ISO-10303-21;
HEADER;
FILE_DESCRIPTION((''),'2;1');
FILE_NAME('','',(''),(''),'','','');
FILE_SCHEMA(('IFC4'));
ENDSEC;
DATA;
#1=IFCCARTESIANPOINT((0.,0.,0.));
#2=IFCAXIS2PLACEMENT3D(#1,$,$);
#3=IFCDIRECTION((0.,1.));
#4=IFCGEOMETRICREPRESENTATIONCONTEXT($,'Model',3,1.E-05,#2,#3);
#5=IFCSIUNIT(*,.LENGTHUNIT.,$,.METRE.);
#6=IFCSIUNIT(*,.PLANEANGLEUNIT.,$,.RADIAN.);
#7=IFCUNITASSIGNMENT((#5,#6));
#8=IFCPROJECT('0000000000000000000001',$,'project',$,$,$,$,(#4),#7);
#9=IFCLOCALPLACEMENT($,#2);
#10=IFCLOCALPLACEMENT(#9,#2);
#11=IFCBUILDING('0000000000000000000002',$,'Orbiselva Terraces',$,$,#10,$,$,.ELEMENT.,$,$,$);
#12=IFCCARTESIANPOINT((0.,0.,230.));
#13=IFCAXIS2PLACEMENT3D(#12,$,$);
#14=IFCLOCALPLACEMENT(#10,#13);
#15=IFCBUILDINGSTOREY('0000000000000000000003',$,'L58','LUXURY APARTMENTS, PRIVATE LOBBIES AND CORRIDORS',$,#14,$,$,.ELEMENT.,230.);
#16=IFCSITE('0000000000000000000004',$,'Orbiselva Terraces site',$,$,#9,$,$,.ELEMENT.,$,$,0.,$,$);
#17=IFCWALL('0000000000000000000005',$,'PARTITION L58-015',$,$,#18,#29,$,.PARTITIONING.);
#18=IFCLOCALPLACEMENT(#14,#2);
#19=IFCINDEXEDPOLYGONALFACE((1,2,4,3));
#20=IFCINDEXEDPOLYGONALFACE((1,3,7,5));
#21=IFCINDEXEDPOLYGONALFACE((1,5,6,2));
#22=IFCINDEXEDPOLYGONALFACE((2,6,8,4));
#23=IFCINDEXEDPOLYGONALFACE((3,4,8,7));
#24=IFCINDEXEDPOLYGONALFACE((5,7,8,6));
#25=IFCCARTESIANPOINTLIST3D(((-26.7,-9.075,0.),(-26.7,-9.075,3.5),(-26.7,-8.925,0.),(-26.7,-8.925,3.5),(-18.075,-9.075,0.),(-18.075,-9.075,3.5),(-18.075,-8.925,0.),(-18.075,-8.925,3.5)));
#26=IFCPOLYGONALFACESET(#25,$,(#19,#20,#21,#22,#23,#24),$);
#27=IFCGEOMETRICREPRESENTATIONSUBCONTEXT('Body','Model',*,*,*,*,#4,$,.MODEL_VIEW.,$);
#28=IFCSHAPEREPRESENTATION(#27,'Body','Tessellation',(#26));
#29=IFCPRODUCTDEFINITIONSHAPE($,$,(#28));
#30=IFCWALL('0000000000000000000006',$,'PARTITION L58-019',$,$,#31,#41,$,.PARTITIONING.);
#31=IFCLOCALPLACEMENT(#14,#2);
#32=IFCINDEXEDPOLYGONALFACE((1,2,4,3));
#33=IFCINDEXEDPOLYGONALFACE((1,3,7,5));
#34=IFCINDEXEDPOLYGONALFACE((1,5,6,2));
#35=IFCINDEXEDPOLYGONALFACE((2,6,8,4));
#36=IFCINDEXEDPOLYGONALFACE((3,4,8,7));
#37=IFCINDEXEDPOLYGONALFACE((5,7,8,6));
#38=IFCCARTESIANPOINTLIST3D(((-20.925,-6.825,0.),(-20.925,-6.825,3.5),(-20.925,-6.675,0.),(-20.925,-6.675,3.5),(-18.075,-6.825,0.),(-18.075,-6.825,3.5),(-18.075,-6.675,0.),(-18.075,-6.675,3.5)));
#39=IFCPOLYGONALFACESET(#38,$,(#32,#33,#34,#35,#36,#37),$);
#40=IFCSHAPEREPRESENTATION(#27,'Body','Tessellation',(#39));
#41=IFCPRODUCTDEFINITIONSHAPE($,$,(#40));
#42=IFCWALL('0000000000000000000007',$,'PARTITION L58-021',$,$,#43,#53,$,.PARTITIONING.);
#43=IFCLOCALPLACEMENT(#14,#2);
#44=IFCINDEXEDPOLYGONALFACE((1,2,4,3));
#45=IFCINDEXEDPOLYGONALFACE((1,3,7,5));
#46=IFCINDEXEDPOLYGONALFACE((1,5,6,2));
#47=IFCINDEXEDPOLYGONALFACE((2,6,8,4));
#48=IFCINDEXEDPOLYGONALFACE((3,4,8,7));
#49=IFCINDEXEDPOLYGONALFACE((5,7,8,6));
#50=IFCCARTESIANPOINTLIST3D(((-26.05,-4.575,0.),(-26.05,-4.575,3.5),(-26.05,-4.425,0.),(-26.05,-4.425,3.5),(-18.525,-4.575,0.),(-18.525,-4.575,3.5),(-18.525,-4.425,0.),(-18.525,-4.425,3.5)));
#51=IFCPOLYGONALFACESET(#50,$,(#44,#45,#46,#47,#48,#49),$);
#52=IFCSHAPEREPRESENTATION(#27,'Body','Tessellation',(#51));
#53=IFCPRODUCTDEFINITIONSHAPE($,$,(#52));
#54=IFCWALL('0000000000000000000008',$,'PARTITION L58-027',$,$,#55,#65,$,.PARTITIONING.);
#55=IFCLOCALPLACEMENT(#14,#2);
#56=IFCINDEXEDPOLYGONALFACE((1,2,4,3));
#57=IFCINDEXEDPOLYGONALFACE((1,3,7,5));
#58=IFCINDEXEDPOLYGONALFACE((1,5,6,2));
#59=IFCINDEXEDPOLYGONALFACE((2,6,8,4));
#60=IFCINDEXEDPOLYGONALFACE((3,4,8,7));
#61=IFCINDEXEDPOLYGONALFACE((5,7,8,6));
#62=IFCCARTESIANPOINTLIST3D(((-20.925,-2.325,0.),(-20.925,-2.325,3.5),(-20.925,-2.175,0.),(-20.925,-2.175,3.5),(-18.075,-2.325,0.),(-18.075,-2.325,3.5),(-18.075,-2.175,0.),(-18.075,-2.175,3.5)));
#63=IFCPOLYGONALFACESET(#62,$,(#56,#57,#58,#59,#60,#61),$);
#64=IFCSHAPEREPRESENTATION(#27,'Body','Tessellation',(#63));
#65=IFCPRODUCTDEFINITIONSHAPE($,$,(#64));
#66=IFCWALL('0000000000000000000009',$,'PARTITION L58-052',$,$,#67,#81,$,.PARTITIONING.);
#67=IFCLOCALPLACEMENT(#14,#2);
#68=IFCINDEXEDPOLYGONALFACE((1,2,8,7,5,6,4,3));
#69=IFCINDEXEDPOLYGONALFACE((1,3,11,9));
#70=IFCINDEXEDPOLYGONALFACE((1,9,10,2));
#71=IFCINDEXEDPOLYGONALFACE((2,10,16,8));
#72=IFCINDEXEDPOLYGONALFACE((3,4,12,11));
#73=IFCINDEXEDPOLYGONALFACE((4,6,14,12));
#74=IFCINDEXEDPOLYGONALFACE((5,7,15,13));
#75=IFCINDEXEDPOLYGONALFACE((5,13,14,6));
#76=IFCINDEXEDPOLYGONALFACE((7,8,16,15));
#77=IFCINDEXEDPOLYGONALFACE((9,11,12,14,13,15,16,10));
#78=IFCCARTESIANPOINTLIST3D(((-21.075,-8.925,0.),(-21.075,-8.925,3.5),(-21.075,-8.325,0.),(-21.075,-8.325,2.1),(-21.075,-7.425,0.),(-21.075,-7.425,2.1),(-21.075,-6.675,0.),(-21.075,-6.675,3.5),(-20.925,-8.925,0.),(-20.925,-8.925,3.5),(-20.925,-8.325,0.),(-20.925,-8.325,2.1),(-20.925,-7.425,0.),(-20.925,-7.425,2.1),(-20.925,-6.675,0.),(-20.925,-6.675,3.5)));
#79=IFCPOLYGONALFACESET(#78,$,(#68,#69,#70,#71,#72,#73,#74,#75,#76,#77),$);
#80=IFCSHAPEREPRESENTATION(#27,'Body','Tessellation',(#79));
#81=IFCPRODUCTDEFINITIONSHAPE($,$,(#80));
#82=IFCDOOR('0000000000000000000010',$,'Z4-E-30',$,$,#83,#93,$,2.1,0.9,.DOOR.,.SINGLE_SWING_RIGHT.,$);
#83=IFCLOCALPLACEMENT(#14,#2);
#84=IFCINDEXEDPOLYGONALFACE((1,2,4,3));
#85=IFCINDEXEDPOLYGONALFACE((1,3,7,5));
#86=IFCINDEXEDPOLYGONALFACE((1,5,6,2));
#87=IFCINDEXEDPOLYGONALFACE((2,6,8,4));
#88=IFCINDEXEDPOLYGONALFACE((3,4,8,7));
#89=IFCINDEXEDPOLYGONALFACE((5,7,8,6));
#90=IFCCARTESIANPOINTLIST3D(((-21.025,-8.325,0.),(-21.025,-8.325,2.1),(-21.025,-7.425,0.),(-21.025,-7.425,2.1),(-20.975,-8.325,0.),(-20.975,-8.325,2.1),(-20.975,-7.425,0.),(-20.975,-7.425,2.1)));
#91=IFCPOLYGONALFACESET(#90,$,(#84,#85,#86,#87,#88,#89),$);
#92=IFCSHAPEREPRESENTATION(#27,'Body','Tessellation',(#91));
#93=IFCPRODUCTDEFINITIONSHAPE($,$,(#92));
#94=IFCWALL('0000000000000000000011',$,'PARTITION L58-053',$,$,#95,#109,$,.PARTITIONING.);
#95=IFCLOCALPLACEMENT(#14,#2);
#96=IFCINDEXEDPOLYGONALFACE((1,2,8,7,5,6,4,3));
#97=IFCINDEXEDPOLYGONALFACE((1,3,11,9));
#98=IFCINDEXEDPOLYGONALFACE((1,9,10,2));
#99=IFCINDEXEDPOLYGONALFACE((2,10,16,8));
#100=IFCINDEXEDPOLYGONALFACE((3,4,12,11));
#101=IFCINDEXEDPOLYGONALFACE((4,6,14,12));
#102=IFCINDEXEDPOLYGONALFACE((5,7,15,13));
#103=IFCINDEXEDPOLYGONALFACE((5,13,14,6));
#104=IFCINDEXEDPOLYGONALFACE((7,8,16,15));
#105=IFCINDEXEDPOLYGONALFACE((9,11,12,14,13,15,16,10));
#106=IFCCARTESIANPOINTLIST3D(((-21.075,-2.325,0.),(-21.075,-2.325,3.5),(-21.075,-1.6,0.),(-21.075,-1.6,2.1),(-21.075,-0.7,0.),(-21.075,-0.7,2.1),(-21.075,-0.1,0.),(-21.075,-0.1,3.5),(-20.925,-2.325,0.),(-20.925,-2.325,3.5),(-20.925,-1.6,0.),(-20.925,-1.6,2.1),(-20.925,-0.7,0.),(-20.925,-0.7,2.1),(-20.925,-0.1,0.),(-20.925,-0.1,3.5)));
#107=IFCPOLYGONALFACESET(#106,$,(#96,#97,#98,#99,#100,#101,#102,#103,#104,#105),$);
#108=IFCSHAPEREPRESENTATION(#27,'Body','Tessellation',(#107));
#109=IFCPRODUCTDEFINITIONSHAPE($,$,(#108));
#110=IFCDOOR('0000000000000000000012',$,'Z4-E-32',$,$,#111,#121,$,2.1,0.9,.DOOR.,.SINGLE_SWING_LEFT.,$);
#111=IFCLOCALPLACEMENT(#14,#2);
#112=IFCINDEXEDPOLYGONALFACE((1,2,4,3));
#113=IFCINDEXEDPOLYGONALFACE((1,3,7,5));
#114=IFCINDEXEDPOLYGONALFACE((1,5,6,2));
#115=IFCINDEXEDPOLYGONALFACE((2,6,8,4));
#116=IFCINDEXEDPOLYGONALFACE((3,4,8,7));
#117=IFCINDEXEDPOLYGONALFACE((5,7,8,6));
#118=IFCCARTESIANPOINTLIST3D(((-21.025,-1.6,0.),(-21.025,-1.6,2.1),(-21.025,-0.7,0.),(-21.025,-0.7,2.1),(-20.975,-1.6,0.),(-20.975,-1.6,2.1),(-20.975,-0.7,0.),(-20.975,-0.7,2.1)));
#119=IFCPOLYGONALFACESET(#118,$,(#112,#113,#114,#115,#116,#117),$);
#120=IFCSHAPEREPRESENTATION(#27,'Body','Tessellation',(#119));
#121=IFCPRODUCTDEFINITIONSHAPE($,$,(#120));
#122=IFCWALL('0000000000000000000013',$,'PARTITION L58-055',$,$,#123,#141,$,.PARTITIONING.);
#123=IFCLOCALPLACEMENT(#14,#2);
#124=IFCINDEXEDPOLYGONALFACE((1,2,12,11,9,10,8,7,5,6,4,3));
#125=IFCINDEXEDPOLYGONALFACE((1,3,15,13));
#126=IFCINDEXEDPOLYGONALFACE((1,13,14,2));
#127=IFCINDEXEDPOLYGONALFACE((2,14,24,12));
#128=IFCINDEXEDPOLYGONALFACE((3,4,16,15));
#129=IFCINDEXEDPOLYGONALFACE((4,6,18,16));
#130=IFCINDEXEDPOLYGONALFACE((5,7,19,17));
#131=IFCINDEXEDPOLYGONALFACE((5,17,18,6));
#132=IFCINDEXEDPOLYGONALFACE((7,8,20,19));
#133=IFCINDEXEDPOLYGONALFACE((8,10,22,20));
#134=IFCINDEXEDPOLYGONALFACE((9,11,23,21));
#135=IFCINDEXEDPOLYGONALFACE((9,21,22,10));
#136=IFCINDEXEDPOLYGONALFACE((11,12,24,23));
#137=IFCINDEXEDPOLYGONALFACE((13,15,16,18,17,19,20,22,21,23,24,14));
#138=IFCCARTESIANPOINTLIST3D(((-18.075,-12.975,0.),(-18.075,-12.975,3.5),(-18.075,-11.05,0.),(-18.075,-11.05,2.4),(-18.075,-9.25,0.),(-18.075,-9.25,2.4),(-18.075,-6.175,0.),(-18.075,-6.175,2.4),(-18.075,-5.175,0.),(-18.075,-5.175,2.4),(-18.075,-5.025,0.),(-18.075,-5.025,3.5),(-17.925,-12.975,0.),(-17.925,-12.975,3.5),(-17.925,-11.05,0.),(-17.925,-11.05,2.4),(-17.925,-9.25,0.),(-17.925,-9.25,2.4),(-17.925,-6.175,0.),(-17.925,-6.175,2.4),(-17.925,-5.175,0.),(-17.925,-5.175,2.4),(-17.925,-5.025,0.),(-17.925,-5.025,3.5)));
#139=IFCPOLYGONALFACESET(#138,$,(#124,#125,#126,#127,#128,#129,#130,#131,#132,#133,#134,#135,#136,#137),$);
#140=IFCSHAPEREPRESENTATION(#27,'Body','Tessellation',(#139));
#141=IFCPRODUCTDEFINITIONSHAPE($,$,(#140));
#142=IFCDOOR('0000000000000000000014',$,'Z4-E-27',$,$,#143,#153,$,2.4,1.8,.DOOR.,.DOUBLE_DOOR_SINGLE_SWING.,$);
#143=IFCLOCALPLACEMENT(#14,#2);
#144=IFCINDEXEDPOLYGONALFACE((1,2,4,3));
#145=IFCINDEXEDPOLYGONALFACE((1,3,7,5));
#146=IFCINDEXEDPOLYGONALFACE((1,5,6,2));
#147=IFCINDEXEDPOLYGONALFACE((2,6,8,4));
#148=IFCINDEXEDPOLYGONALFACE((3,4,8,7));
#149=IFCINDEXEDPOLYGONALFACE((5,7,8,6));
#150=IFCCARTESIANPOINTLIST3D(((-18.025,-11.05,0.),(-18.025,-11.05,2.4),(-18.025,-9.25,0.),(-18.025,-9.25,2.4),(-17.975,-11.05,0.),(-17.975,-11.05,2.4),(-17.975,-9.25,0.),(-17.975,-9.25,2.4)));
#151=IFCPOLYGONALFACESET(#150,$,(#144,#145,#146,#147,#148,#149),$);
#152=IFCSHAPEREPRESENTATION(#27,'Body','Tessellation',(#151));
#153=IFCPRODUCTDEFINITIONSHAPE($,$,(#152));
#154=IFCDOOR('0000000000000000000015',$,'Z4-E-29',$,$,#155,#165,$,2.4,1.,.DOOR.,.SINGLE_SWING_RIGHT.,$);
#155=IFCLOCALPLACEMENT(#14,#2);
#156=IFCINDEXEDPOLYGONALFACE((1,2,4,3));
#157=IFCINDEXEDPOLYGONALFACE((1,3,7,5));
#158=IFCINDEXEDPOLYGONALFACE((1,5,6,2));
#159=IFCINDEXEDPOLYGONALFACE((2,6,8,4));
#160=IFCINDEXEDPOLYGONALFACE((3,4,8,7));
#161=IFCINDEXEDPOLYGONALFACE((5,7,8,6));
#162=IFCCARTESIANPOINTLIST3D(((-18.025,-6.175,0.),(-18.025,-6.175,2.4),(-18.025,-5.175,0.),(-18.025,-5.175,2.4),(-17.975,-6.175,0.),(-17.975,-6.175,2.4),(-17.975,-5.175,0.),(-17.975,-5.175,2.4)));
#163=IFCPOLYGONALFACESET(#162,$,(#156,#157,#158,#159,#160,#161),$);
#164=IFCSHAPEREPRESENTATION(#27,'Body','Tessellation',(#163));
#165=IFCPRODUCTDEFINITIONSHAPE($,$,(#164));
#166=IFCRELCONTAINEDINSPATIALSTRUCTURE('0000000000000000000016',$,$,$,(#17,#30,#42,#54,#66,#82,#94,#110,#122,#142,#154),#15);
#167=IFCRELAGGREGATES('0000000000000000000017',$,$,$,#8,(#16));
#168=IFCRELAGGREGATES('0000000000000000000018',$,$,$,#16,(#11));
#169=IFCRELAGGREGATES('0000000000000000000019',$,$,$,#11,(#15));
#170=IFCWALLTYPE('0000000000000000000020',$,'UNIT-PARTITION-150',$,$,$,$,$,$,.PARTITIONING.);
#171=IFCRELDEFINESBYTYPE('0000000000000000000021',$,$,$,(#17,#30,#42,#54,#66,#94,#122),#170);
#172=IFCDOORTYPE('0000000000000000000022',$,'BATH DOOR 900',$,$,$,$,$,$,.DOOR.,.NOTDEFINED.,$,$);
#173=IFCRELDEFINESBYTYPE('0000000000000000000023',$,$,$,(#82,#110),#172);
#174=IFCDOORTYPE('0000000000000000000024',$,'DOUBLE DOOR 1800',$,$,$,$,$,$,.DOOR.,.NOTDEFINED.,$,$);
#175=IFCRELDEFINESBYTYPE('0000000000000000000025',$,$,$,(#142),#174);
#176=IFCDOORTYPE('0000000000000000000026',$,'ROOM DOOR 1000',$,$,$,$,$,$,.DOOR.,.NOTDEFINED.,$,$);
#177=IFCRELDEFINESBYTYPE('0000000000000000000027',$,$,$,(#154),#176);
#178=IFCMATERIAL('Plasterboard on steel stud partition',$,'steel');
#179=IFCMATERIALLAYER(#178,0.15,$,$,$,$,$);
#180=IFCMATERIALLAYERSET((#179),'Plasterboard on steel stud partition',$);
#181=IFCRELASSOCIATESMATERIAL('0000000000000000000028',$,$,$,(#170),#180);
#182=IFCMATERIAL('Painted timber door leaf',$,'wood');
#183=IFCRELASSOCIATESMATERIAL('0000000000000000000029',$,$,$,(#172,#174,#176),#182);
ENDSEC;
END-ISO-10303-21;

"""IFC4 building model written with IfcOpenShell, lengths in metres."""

from ifc_helpers import new_model, si_unit, direction, frame, frame_2d, origin, place, context, subcontext, project, spatial, rectangle, extrude, material, layer, layer_set, type_object, element, fill, save


model = new_model("IFC4")

# Units and contexts
model_context = context("Model", 3, precision=1e-05, world=origin(), true_north=direction((0.0, 1.0)))
body_context = subcontext(model_context, "Body", "Model", "MODEL_VIEW")
ifc_project = project(units=[si_unit("LENGTHUNIT", "METRE"), si_unit("PLANEANGLEUNIT", "RADIAN")], contexts=[model_context])

# Site, building, storey
site_placement = place(None, origin())
site = spatial("IfcSite", under=ifc_project, at=site_placement, Name="Orbiselva Terraces site", CompositionType="ELEMENT", RefElevation=0.0)
building_placement = place(site_placement, origin())
building = spatial("IfcBuilding", under=site, at=building_placement, Name="Orbiselva Terraces", CompositionType="ELEMENT")
storey_placement = place(building_placement, frame((0.0, 0.0, 230.0)))
storey = spatial("IfcBuildingStorey", under=building, at=storey_placement, Name="L58", Description="LUXURY APARTMENTS, PRIVATE LOBBIES AND CORRIDORS", CompositionType="ELEMENT", Elevation=230.0)

# Walls
ifc_material_1 = material(Name="Plasterboard on steel stud partition", Category="steel")
ifc_layer_1 = layer(ifc_material_1, 0.15)
ifc_layer_set_1 = layer_set([ifc_layer_1], Name="Plasterboard on steel stud partition")
wall_type_1 = type_object("IfcWallType", Name="UNIT-PARTITION-150", PredefinedType="PARTITIONING", material=ifc_layer_set_1)
wall_1_placement = place(storey_placement, frame((-26.7, -9.0, 0.0), z_axis=(0.0, 0.0, 1.0), x_axis=(1.0, 0.0, 0.0)))
element("IfcWall", 1, at=wall_1_placement, inside=storey, type_object=wall_type_1, Name="PARTITION L58-015", PredefinedType="PARTITIONING", context=body_context, shape_type="SweptSolid", body=[
    extrude(rectangle(XDim=8.625, YDim=0.15, at=frame_2d((4.3125, 0.0))), origin(), (0.0, 0.0, 1.0), 3.5),
])
wall_2_placement = place(storey_placement, frame((-20.925, -6.75, 0.0), z_axis=(0.0, 0.0, 1.0), x_axis=(1.0, 0.0, 0.0)))
element("IfcWall", 2, at=wall_2_placement, inside=storey, type_object=wall_type_1, Name="PARTITION L58-019", PredefinedType="PARTITIONING", context=body_context, shape_type="SweptSolid", body=[
    extrude(rectangle(XDim=2.85, YDim=0.15, at=frame_2d((1.425, 0.0))), origin(), (0.0, 0.0, 1.0), 3.5),
])
wall_3_placement = place(storey_placement, frame((-26.05, -4.5, 0.0), z_axis=(0.0, 0.0, 1.0), x_axis=(1.0, 0.0, 0.0)))
element("IfcWall", 3, at=wall_3_placement, inside=storey, type_object=wall_type_1, Name="PARTITION L58-021", PredefinedType="PARTITIONING", context=body_context, shape_type="SweptSolid", body=[
    extrude(rectangle(XDim=7.525, YDim=0.15, at=frame_2d((3.7625, 0.0))), origin(), (0.0, 0.0, 1.0), 3.5),
])
wall_4_placement = place(storey_placement, frame((-20.925, -2.25, 0.0), z_axis=(0.0, 0.0, 1.0), x_axis=(1.0, 0.0, 0.0)))
element("IfcWall", 4, at=wall_4_placement, inside=storey, type_object=wall_type_1, Name="PARTITION L58-027", PredefinedType="PARTITIONING", context=body_context, shape_type="SweptSolid", body=[
    extrude(rectangle(XDim=2.85, YDim=0.15, at=frame_2d((1.425, 0.0))), origin(), (0.0, 0.0, 1.0), 3.5),
])

# Walls, openings, doors
wall_5_placement = place(storey_placement, frame((-21.0, -6.675, 0.0), z_axis=(0.0, 0.0, 1.0), x_axis=(0.0, -1.0, 0.0)))
wall_5 = element("IfcWall", 5, at=wall_5_placement, inside=storey, type_object=wall_type_1, Name="PARTITION L58-052", PredefinedType="PARTITIONING", context=body_context, shape_type="SweptSolid", body=[
    extrude(rectangle(XDim=2.25, YDim=0.15, at=frame_2d((1.125, 0.0))), origin(), (0.0, 0.0, 1.0), 3.5),
])
opening_1_placement = place(wall_5_placement, frame((0.75, 0.0, 0.0)))
opening_1 = element("IfcOpeningElement", 6, at=opening_1_placement, cuts=wall_5, PredefinedType="OPENING", context=body_context, shape_type="SweptSolid", body=[
    extrude(rectangle(XDim=0.9, YDim=2.1, at=frame_2d((0.45, 1.05))), frame((0.0, 0.085, 0.0), z_axis=(0.0, -1.0, 0.0), x_axis=(1.0, 0.0, 0.0)), (0.0, 0.0, 1.0), 0.17),
])
ifc_material_2 = material(Name="Painted timber door leaf", Category="wood")
door_type_1 = type_object("IfcDoorType", Name="BATH DOOR 900", OperationType="NOTDEFINED", PredefinedType="DOOR", material=ifc_material_2)
door_1_placement = place(opening_1_placement, origin())
door_1 = element("IfcDoor", 7, at=door_1_placement, inside=storey, type_object=door_type_1, Name="Z4-E-30", OperationType="SINGLE_SWING_RIGHT", OverallHeight=2.1, OverallWidth=0.9, PredefinedType="DOOR", context=body_context, shape_type="SweptSolid", body=[
    extrude(rectangle(XDim=0.9, YDim=2.1, at=frame_2d((0.45, 1.05))), frame((0.0, 0.025, 0.0), z_axis=(0.0, -1.0, 0.0), x_axis=(1.0, 0.0, 0.0)), (0.0, 0.0, 1.0), 0.05),
])
fill(opening_1, door_1)
wall_6_placement = place(storey_placement, frame((-21.0, -0.1, 0.0), z_axis=(0.0, 0.0, 1.0), x_axis=(0.0, -1.0, 0.0)))
wall_6 = element("IfcWall", 8, at=wall_6_placement, inside=storey, type_object=wall_type_1, Name="PARTITION L58-053", PredefinedType="PARTITIONING", context=body_context, shape_type="SweptSolid", body=[
    extrude(rectangle(XDim=2.225, YDim=0.15, at=frame_2d((1.1125, 0.0))), origin(), (0.0, 0.0, 1.0), 3.5),
])
opening_2_placement = place(wall_6_placement, frame((0.6, 0.0, 0.0)))
opening_2 = element("IfcOpeningElement", 9, at=opening_2_placement, cuts=wall_6, PredefinedType="OPENING", context=body_context, shape_type="SweptSolid", body=[
    extrude(rectangle(XDim=0.9, YDim=2.1, at=frame_2d((0.45, 1.05))), frame((0.0, 0.085, 0.0), z_axis=(0.0, -1.0, 0.0), x_axis=(1.0, 0.0, 0.0)), (0.0, 0.0, 1.0), 0.17),
])
door_2_placement = place(opening_2_placement, origin())
door_2 = element("IfcDoor", 10, at=door_2_placement, inside=storey, type_object=door_type_1, Name="Z4-E-32", OperationType="SINGLE_SWING_LEFT", OverallHeight=2.1, OverallWidth=0.9, PredefinedType="DOOR", context=body_context, shape_type="SweptSolid", body=[
    extrude(rectangle(XDim=0.9, YDim=2.1, at=frame_2d((0.45, 1.05))), frame((0.0, 0.025, 0.0), z_axis=(0.0, -1.0, 0.0), x_axis=(1.0, 0.0, 0.0)), (0.0, 0.0, 1.0), 0.05),
])
fill(opening_2, door_2)

# Wall, openings, doors
wall_7_placement = place(storey_placement, frame((-18.0, -12.975, 0.0), z_axis=(0.0, 0.0, 1.0), x_axis=(0.0, 1.0, 0.0)))
wall_7 = element("IfcWall", 11, at=wall_7_placement, inside=storey, type_object=wall_type_1, Name="PARTITION L58-055", PredefinedType="PARTITIONING", context=body_context, shape_type="SweptSolid", body=[
    extrude(rectangle(XDim=7.95, YDim=0.15, at=frame_2d((3.975, 0.0))), origin(), (0.0, 0.0, 1.0), 3.5),
])
opening_3_placement = place(wall_7_placement, frame((1.925, 0.0, 0.0)))
opening_3 = element("IfcOpeningElement", 12, at=opening_3_placement, cuts=wall_7, PredefinedType="OPENING", context=body_context, shape_type="SweptSolid", body=[
    extrude(rectangle(XDim=1.8, YDim=2.4, at=frame_2d((0.9, 1.2))), frame((0.0, 0.085, 0.0), z_axis=(0.0, -1.0, 0.0), x_axis=(1.0, 0.0, 0.0)), (0.0, 0.0, 1.0), 0.17),
])
opening_4_placement = place(wall_7_placement, frame((6.8, 0.0, 0.0)))
opening_4 = element("IfcOpeningElement", 13, at=opening_4_placement, cuts=wall_7, PredefinedType="OPENING", context=body_context, shape_type="SweptSolid", body=[
    extrude(rectangle(XDim=1.0, YDim=2.4, at=frame_2d((0.5, 1.2))), frame((0.0, 0.085, 0.0), z_axis=(0.0, -1.0, 0.0), x_axis=(1.0, 0.0, 0.0)), (0.0, 0.0, 1.0), 0.17),
])
door_type_2 = type_object("IfcDoorType", Name="DOUBLE DOOR 1800", OperationType="NOTDEFINED", PredefinedType="DOOR", material=ifc_material_2)
door_3_placement = place(opening_3_placement, origin())
door_3 = element("IfcDoor", 14, at=door_3_placement, inside=storey, type_object=door_type_2, Name="Z4-E-27", OperationType="DOUBLE_DOOR_SINGLE_SWING", OverallHeight=2.4, OverallWidth=1.8, PredefinedType="DOOR", context=body_context, shape_type="SweptSolid", body=[
    extrude(rectangle(XDim=1.8, YDim=2.4, at=frame_2d((0.9, 1.2))), frame((0.0, 0.025, 0.0), z_axis=(0.0, -1.0, 0.0), x_axis=(1.0, 0.0, 0.0)), (0.0, 0.0, 1.0), 0.05),
])
fill(opening_3, door_3)
door_type_3 = type_object("IfcDoorType", Name="ROOM DOOR 1000", OperationType="NOTDEFINED", PredefinedType="DOOR", material=ifc_material_2)
door_4_placement = place(opening_4_placement, origin())
door_4 = element("IfcDoor", 15, at=door_4_placement, inside=storey, type_object=door_type_3, Name="Z4-E-29", OperationType="SINGLE_SWING_RIGHT", OverallHeight=2.4, OverallWidth=1.0, PredefinedType="DOOR", context=body_context, shape_type="SweptSolid", body=[
    extrude(rectangle(XDim=1.0, YDim=2.4, at=frame_2d((0.5, 1.2))), frame((0.0, 0.025, 0.0), z_axis=(0.0, -1.0, 0.0), x_axis=(1.0, 0.0, 0.0)), (0.0, 0.0, 1.0), 0.05),
])
fill(opening_4, door_4)

save(model, "model.ifc")
